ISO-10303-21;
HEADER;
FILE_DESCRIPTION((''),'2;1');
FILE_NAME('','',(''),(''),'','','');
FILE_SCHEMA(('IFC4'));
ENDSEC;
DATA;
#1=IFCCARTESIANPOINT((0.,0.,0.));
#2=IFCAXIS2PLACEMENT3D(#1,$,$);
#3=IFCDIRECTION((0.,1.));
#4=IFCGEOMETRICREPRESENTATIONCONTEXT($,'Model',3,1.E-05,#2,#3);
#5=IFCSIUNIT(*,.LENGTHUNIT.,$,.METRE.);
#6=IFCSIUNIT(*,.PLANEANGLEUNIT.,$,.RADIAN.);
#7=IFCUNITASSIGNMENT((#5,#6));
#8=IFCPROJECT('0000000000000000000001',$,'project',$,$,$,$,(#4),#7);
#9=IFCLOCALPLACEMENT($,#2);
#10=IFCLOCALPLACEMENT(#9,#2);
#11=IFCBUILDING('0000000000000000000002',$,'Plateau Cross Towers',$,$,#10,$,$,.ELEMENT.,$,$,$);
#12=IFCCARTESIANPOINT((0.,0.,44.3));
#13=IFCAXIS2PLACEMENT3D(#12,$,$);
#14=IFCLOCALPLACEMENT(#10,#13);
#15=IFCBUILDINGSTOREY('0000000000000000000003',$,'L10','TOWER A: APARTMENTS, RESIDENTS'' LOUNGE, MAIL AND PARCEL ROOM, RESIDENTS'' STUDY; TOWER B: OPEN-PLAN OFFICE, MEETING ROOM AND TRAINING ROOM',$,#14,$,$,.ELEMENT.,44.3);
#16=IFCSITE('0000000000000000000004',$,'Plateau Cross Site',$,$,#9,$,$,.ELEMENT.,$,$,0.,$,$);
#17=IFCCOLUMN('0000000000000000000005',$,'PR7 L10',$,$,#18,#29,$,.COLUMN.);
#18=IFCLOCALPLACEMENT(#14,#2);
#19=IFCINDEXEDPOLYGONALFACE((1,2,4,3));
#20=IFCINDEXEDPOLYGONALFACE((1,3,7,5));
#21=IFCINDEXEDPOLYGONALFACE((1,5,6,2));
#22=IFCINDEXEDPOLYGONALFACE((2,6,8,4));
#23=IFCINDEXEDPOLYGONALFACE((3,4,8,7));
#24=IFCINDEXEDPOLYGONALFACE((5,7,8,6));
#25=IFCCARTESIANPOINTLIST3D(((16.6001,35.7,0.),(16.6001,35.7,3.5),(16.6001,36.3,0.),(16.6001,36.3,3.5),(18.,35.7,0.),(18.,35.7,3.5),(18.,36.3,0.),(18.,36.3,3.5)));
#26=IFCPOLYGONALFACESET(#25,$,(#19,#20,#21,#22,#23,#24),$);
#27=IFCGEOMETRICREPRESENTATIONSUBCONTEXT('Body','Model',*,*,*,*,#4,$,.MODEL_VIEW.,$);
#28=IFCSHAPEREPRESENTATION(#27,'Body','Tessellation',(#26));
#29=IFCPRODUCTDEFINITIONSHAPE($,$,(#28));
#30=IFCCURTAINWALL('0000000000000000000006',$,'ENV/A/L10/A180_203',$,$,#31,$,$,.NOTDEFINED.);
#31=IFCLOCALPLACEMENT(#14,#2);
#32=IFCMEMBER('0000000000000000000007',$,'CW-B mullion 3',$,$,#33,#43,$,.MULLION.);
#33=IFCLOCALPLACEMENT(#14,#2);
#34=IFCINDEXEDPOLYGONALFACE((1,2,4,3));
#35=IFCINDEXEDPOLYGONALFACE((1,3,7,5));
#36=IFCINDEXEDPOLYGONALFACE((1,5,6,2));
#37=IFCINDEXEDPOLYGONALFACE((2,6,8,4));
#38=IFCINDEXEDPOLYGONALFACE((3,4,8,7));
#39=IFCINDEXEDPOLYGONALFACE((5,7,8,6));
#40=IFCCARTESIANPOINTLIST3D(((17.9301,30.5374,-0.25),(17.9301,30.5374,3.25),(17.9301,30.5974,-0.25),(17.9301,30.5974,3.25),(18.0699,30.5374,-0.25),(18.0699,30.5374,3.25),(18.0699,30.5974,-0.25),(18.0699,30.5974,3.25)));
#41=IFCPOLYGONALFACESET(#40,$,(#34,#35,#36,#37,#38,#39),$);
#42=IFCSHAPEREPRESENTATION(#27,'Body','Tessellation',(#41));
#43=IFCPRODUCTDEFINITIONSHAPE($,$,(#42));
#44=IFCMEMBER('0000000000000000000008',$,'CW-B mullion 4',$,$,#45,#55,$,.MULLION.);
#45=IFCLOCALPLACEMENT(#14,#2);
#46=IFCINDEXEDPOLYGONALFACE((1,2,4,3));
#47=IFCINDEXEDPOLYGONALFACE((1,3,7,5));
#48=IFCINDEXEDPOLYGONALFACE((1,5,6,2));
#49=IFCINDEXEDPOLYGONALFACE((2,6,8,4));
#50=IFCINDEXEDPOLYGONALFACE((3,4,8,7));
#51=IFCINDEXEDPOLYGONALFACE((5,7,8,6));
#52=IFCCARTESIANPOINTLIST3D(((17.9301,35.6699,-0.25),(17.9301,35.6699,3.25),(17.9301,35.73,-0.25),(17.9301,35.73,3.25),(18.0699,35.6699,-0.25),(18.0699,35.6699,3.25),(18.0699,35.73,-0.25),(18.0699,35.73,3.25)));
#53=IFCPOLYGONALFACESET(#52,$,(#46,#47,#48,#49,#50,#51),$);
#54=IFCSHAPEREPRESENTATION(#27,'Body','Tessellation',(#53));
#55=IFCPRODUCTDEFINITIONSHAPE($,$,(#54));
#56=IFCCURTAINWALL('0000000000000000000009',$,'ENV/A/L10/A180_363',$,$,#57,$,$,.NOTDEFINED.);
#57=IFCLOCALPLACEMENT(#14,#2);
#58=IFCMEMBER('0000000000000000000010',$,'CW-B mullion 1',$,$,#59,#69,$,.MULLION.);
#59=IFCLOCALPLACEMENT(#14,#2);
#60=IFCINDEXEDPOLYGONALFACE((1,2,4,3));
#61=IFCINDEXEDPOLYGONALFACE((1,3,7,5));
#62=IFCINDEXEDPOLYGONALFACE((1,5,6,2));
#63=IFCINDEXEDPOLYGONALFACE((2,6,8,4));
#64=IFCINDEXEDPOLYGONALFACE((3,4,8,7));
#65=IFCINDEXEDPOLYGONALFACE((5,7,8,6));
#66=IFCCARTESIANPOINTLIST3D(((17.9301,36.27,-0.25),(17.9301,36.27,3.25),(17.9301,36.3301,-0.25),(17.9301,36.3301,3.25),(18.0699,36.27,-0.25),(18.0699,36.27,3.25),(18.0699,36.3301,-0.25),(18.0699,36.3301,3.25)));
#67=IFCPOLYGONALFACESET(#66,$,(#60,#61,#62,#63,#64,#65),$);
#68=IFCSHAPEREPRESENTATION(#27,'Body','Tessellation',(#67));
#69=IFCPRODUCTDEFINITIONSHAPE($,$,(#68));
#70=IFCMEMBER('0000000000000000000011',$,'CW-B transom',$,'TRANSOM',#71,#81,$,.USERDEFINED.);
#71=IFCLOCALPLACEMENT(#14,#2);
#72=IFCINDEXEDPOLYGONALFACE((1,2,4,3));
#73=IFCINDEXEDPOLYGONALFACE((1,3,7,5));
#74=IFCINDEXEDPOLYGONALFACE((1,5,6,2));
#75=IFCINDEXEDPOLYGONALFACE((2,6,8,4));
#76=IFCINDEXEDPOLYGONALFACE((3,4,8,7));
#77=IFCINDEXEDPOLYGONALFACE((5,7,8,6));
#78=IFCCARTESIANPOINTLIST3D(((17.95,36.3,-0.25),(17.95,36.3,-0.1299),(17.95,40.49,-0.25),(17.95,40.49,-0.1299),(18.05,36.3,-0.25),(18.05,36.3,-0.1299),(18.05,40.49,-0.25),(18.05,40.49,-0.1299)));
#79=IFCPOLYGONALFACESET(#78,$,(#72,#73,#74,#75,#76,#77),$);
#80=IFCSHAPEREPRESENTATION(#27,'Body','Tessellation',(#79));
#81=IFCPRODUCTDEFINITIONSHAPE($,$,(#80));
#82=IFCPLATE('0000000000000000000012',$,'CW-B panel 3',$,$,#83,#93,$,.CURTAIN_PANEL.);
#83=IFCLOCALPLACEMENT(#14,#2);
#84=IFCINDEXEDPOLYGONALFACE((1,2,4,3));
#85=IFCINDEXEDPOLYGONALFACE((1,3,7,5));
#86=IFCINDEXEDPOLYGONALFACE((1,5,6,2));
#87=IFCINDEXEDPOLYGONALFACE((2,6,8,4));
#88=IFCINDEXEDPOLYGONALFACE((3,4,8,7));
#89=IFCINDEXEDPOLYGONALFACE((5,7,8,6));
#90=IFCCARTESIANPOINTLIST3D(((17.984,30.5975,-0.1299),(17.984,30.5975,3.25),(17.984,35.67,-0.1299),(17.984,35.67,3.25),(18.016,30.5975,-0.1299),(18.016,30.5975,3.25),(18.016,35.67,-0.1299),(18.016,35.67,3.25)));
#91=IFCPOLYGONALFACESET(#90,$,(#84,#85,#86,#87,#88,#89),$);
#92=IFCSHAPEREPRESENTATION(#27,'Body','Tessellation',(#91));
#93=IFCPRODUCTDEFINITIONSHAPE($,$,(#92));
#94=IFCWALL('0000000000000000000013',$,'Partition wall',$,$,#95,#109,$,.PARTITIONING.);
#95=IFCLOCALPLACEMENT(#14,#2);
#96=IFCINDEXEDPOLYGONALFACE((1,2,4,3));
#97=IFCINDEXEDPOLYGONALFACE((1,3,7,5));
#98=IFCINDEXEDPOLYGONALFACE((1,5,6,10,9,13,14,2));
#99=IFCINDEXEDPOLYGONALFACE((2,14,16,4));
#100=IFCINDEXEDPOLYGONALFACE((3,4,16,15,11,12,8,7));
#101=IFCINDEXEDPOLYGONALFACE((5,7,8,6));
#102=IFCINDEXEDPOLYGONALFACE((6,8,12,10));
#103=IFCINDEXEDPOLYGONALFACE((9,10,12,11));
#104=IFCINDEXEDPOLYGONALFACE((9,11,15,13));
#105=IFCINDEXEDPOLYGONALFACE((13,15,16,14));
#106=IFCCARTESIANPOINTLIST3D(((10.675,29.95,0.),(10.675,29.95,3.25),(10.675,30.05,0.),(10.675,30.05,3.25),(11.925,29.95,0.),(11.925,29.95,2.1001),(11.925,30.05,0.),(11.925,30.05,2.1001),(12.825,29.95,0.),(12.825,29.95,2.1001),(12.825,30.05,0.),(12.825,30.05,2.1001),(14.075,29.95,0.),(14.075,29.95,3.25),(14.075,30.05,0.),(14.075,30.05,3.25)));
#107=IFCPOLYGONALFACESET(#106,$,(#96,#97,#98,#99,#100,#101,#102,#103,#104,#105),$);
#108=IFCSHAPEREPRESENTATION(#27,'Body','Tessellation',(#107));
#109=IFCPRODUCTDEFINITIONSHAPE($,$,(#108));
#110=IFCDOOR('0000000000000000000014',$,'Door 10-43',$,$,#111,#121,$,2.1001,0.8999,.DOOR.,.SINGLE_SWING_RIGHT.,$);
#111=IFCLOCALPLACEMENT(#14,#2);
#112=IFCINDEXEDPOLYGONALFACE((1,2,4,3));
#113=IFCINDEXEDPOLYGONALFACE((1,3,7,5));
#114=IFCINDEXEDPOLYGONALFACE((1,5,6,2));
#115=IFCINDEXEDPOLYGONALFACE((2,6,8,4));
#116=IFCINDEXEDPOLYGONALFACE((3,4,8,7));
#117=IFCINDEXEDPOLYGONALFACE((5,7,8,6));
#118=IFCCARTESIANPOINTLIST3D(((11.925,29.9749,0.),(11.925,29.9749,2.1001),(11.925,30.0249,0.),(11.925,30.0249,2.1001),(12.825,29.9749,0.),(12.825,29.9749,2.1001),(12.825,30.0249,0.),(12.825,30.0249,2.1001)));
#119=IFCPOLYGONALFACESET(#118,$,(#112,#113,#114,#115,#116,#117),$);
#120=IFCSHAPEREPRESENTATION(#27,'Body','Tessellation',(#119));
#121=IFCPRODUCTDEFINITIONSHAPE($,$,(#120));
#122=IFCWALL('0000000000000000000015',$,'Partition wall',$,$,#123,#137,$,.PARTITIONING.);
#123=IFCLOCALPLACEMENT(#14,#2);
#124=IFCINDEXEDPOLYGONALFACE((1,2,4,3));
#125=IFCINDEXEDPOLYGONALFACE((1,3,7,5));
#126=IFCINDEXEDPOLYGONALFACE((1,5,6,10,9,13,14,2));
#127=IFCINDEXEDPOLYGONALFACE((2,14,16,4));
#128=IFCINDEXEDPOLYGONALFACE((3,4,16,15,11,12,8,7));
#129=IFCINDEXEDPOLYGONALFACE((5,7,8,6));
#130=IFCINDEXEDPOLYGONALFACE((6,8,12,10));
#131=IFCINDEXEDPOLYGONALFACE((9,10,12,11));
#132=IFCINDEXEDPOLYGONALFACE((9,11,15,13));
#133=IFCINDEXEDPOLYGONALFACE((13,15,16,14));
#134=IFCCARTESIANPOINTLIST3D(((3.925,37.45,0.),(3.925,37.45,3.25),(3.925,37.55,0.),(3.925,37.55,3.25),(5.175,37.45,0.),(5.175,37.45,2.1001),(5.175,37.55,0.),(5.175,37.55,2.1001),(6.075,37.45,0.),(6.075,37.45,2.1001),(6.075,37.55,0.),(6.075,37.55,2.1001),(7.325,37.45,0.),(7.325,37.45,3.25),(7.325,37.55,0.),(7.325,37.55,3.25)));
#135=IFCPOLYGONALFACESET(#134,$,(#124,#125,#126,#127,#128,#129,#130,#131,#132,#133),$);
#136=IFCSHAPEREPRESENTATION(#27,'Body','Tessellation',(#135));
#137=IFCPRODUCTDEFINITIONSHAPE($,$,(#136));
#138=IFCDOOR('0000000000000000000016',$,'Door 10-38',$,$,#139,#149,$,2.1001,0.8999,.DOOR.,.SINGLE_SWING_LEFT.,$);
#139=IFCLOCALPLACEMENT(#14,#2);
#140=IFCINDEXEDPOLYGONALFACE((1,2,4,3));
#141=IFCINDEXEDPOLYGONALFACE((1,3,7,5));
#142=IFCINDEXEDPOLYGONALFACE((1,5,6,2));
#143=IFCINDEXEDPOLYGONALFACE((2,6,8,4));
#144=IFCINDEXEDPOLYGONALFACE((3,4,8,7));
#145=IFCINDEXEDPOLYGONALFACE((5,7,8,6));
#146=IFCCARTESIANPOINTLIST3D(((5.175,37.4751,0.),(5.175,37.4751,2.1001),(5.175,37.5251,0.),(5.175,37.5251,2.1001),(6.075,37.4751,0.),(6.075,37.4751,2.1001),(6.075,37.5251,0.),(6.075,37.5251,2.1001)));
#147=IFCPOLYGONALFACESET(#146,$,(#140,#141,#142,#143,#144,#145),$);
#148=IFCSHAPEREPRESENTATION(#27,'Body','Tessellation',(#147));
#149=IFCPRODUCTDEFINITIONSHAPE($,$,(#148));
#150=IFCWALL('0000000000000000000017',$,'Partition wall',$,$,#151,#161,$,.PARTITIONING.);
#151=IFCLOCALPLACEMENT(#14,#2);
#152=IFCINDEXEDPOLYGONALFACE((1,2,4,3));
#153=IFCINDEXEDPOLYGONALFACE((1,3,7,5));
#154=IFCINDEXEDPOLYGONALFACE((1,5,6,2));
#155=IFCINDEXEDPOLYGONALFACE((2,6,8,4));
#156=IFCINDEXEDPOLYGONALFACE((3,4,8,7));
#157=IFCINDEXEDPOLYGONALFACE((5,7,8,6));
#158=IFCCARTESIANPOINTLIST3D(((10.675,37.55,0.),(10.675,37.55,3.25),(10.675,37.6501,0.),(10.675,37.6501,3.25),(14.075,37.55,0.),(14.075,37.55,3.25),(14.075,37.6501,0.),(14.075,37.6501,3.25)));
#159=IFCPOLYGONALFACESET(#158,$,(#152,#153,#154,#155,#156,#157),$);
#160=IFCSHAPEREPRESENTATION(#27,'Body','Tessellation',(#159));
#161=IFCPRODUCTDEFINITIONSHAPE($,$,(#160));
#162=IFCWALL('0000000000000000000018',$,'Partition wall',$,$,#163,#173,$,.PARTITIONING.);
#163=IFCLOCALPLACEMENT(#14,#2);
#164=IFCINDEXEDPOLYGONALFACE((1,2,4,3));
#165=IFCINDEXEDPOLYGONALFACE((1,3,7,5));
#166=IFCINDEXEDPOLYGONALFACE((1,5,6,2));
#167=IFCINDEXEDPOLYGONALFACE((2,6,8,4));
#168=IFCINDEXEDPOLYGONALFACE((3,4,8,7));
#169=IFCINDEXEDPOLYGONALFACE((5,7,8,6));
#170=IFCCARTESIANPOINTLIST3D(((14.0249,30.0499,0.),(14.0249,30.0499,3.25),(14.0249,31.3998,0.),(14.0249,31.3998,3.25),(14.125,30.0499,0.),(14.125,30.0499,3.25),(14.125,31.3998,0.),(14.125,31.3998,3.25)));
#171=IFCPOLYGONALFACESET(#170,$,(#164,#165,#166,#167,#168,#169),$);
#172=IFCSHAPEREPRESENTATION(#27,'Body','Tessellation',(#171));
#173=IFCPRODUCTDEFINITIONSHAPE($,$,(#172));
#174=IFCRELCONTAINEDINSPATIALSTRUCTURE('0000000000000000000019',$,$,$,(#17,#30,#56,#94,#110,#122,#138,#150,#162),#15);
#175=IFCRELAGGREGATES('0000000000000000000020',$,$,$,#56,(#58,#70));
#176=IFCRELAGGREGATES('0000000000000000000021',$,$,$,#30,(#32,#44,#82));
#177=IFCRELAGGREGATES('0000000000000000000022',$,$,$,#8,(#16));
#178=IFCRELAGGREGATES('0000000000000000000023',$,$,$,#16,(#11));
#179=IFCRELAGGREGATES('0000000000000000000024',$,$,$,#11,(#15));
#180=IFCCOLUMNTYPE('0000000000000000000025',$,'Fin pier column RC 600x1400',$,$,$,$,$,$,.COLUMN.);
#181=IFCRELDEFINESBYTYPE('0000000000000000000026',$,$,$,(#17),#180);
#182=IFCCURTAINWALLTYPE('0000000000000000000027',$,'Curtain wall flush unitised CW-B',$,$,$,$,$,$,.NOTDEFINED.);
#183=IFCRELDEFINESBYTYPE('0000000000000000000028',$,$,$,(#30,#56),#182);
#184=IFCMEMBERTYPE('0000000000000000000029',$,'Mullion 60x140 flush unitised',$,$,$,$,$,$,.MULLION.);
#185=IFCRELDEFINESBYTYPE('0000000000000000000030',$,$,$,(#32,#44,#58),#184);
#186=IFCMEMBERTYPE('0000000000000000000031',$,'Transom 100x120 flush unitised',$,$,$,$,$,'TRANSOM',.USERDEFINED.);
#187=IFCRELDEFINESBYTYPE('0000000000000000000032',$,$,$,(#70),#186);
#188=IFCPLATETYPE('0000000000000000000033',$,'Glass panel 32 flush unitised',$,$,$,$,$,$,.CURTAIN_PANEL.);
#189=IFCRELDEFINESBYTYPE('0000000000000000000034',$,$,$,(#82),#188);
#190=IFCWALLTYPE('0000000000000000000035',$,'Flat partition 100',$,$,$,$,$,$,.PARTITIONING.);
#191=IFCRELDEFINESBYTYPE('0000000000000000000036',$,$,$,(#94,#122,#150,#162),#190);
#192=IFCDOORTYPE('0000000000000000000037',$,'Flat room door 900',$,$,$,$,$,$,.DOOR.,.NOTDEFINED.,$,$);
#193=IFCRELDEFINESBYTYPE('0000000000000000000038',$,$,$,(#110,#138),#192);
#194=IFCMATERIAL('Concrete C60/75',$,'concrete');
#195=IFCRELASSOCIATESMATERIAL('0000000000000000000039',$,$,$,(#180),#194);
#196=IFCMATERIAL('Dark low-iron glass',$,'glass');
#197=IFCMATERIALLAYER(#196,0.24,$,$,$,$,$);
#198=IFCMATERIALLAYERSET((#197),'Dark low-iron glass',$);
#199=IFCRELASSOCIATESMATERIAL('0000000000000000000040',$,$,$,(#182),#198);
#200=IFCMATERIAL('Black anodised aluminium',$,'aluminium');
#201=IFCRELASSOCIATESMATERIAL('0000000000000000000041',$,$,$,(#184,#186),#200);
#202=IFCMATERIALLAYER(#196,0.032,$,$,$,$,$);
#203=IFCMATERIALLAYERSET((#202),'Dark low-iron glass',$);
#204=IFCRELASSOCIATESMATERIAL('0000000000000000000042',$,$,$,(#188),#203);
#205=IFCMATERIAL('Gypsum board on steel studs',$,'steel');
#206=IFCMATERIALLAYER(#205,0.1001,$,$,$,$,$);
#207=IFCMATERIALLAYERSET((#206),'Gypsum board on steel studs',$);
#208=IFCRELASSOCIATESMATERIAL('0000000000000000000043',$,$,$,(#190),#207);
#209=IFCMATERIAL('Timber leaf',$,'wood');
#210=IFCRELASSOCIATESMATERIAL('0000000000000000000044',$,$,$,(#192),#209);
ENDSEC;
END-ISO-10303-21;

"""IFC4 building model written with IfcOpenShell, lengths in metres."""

from ifc_helpers import new_model, si_unit, direction, frame, frame_2d, origin, origin_2d, place, context, subcontext, project, spatial, rectangle, extrude, material, layer, layer_set, material_profile, profile_set, type_object, element, fill, aggregate, save


model = new_model("IFC4")

# Units and contexts
model_context = context("Model", 3, precision=1e-05, world=origin(), true_north=direction((0.0, 1.0)))
body_context = subcontext(model_context, "Body", "Model", "MODEL_VIEW")
ifc_project = project(units=[si_unit("LENGTHUNIT", "METRE"), si_unit("PLANEANGLEUNIT", "RADIAN")], contexts=[model_context])

# Site, building, storey
site_placement = place(None, origin())
site = spatial("IfcSite", under=ifc_project, at=site_placement, Name="Plateau Cross Site", CompositionType="ELEMENT", RefElevation=0.0)
building_placement = place(site_placement, origin())
building = spatial("IfcBuilding", under=site, at=building_placement, Name="Plateau Cross Towers", CompositionType="ELEMENT")
storey_placement = place(building_placement, frame((0.0, 0.0, 44.3)))
storey = spatial("IfcBuildingStorey", under=building, at=storey_placement, Name="L10", Description="TOWER A: APARTMENTS, RESIDENTS' LOUNGE, MAIL AND PARCEL ROOM, RESIDENTS' STUDY; TOWER B: OPEN-PLAN OFFICE, MEETING ROOM AND TRAINING ROOM", CompositionType="ELEMENT", Elevation=44.3)

# Column
ifc_material_1 = material(Name="Concrete C60/75", Category="concrete")
ifc_material_profile_1 = material_profile(ifc_material_1, rectangle(XDim=0.6001, YDim=1.3999, at=origin_2d()), Name="RC 600x1400")
ifc_profile_set_1 = profile_set([ifc_material_profile_1], Name="Concrete C60/75")
column_type = type_object("IfcColumnType", Name="Fin pier column RC 600x1400", PredefinedType="COLUMN", material=ifc_profile_set_1)
column_placement = place(storey_placement, frame((17.3, 36.0, 0.0), z_axis=(0.0, 0.0, 1.0), x_axis=(0.0, 1.0, 0.0)))
element("IfcColumn", 1, at=column_placement, inside=storey, type_object=column_type, Name="PR7 L10", PredefinedType="COLUMN", context=body_context, shape_type="SweptSolid", body=[
    extrude(rectangle(XDim=0.6001, YDim=1.3999, at=origin_2d()), origin(), (0.0, 0.0, 1.0), 3.5),
])

# Curtain walls, members
ifc_material_2 = material(Name="Dark low-iron glass", Category="glass")
ifc_layer_1 = layer(ifc_material_2, 0.24)
ifc_layer_set_1 = layer_set([ifc_layer_1], Name="Dark low-iron glass")
curtain_wall_type = type_object("IfcCurtainWallType", Name="Curtain wall flush unitised CW-B", PredefinedType="NOTDEFINED", material=ifc_layer_set_1)
curtain_wall_1_placement = place(storey_placement, origin())
curtain_wall_1 = element("IfcCurtainWall", 2, at=curtain_wall_1_placement, inside=storey, type_object=curtain_wall_type, Name="ENV/A/L10/A180_203", PredefinedType="NOTDEFINED")
ifc_material_3 = material(Name="Black anodised aluminium", Category="aluminium")
ifc_material_profile_2 = material_profile(ifc_material_3, rectangle(XDim=0.0601, YDim=0.1399, at=origin_2d()), Name="MULLION 60x140")
ifc_profile_set_2 = profile_set([ifc_material_profile_2], Name="Black anodised aluminium")
member_type_1 = type_object("IfcMemberType", Name="Mullion 60x140 flush unitised", PredefinedType="MULLION", material=ifc_profile_set_2)
member_1_placement = place(storey_placement, frame((18.0, 30.5674, -0.25), z_axis=(0.0, 0.0, 1.0), x_axis=(0.0, 1.0, 0.0)))
member_1 = element("IfcMember", 3, at=member_1_placement, type_object=member_type_1, Name="CW-B mullion 3", PredefinedType="MULLION", context=body_context, shape_type="SweptSolid", body=[
    extrude(rectangle(XDim=0.0601, YDim=0.1399, at=origin_2d()), origin(), (0.0, 0.0, 1.0), 3.5),
])
member_2_placement = place(storey_placement, frame((18.0, 35.7, -0.25), z_axis=(0.0, 0.0, 1.0), x_axis=(0.0, 1.0, 0.0)))
member_2 = element("IfcMember", 4, at=member_2_placement, type_object=member_type_1, Name="CW-B mullion 4", PredefinedType="MULLION", context=body_context, shape_type="SweptSolid", body=[
    extrude(rectangle(XDim=0.0601, YDim=0.1399, at=origin_2d()), origin(), (0.0, 0.0, 1.0), 3.5),
])
curtain_wall_2_placement = place(storey_placement, origin())
curtain_wall_2 = element("IfcCurtainWall", 5, at=curtain_wall_2_placement, inside=storey, type_object=curtain_wall_type, Name="ENV/A/L10/A180_363", PredefinedType="NOTDEFINED")
member_3_placement = place(storey_placement, frame((18.0, 36.3, -0.25), z_axis=(0.0, 0.0, 1.0), x_axis=(0.0, 1.0, 0.0)))
member_3 = element("IfcMember", 6, at=member_3_placement, type_object=member_type_1, Name="CW-B mullion 1", PredefinedType="MULLION", context=body_context, shape_type="SweptSolid", body=[
    extrude(rectangle(XDim=0.0601, YDim=0.1399, at=origin_2d()), origin(), (0.0, 0.0, 1.0), 3.5),
])
ifc_material_profile_3 = material_profile(ifc_material_3, rectangle(XDim=0.1001, YDim=0.1201, at=origin_2d()), Name="TRANSOM 100x120")
ifc_profile_set_3 = profile_set([ifc_material_profile_3], Name="Black anodised aluminium")
member_type_2 = type_object("IfcMemberType", Name="Transom 100x120 flush unitised", ElementType="TRANSOM", PredefinedType="USERDEFINED", material=ifc_profile_set_3)
member_4_placement = place(storey_placement, frame((18.0, 36.3, -0.1899), z_axis=(0.0, 1.0, 0.0), x_axis=(-1.0, 0.0, 0.0)))
member_4 = element("IfcMember", 7, at=member_4_placement, type_object=member_type_2, Name="CW-B transom", ObjectType="TRANSOM", PredefinedType="USERDEFINED", context=body_context, shape_type="SweptSolid", body=[
    extrude(rectangle(XDim=0.1001, YDim=0.1201, at=origin_2d()), origin(), (0.0, 0.0, 1.0), 4.1899),
])
aggregate(curtain_wall_2, [member_3, member_4])

# Plate
ifc_layer_2 = layer(ifc_material_2, 0.032)
ifc_layer_set_2 = layer_set([ifc_layer_2], Name="Dark low-iron glass")
plate_type = type_object("IfcPlateType", Name="Glass panel 32 flush unitised", PredefinedType="CURTAIN_PANEL", material=ifc_layer_set_2)
plate_placement = place(storey_placement, frame((18.0, 33.1338, -0.1299), z_axis=(0.0, 0.0, 1.0), x_axis=(0.0, 1.0, 0.0)))
plate = element("IfcPlate", 8, at=plate_placement, type_object=plate_type, Name="CW-B panel 3", PredefinedType="CURTAIN_PANEL", context=body_context, shape_type="SweptSolid", body=[
    extrude(rectangle(XDim=5.0725, YDim=0.032, at=origin_2d()), origin(), (0.0, 0.0, 1.0), 3.3799),
])
aggregate(curtain_wall_1, [member_1, member_2, plate])

# Walls, openings, doors
ifc_material_4 = material(Name="Gypsum board on steel studs", Category="steel")
ifc_layer_3 = layer(ifc_material_4, 0.1001)
ifc_layer_set_3 = layer_set([ifc_layer_3], Name="Gypsum board on steel studs")
wall_type_1 = type_object("IfcWallType", Name="Flat partition 100", PredefinedType="PARTITIONING", material=ifc_layer_set_3)
wall_1_placement = place(storey_placement, frame((10.675, 30.0, 0.0), z_axis=(0.0, 0.0, 1.0), x_axis=(1.0, 0.0, 0.0)))
wall_1 = element("IfcWall", 9, at=wall_1_placement, inside=storey, type_object=wall_type_1, Name="Partition wall", PredefinedType="PARTITIONING", context=body_context, shape_type="SweptSolid", body=[
    extrude(rectangle(XDim=3.3999, YDim=0.1001, at=frame_2d((1.7, 0.0))), origin(), (0.0, 0.0, 1.0), 3.25),
])
opening_1_placement = place(wall_1_placement, frame((1.25, 0.0, 0.0)))
opening_1 = element("IfcOpeningElement", 10, at=opening_1_placement, cuts=wall_1, PredefinedType="OPENING", context=body_context, shape_type="SweptSolid", body=[
    extrude(rectangle(XDim=0.8999, YDim=2.1001, at=frame_2d((0.45, 1.05))), frame((0.0, 0.0601, 0.0), z_axis=(0.0, -1.0, 0.0), x_axis=(1.0, 0.0, 0.0)), (0.0, 0.0, 1.0), 0.1201),
])
ifc_material_5 = material(Name="Timber leaf", Category="wood")
door_type = type_object("IfcDoorType", Name="Flat room door 900", OperationType="NOTDEFINED", PredefinedType="DOOR", material=ifc_material_5)
door_1_placement = place(opening_1_placement, origin())
door_1 = element("IfcDoor", 11, at=door_1_placement, inside=storey, type_object=door_type, Name="Door 10-43", OperationType="SINGLE_SWING_RIGHT", OverallHeight=2.1001, OverallWidth=0.8999, PredefinedType="DOOR", context=body_context, shape_type="SweptSolid", body=[
    extrude(rectangle(XDim=0.8999, YDim=2.1001, at=frame_2d((0.45, 1.05))), frame((0.0, 0.0249, 0.0), z_axis=(0.0, -1.0, 0.0), x_axis=(1.0, 0.0, 0.0)), (0.0, 0.0, 1.0), 0.05),
])
fill(opening_1, door_1)
wall_2_placement = place(storey_placement, frame((7.325, 37.5, 0.0), z_axis=(0.0, 0.0, 1.0), x_axis=(-1.0, 0.0, 0.0)))
wall_2 = element("IfcWall", 12, at=wall_2_placement, inside=storey, type_object=wall_type_1, Name="Partition wall", PredefinedType="PARTITIONING", context=body_context, shape_type="SweptSolid", body=[
    extrude(rectangle(XDim=3.3999, YDim=0.1001, at=frame_2d((1.7, 0.0))), origin(), (0.0, 0.0, 1.0), 3.25),
])
opening_2_placement = place(wall_2_placement, frame((1.25, 0.0, 0.0)))
opening_2 = element("IfcOpeningElement", 13, at=opening_2_placement, cuts=wall_2, PredefinedType="OPENING", context=body_context, shape_type="SweptSolid", body=[
    extrude(rectangle(XDim=0.8999, YDim=2.1001, at=frame_2d((0.45, 1.05))), frame((0.0, 0.0601, 0.0), z_axis=(0.0, -1.0, 0.0), x_axis=(1.0, 0.0, 0.0)), (0.0, 0.0, 1.0), 0.1201),
])
door_2_placement = place(opening_2_placement, origin())
door_2 = element("IfcDoor", 14, at=door_2_placement, inside=storey, type_object=door_type, Name="Door 10-38", OperationType="SINGLE_SWING_LEFT", OverallHeight=2.1001, OverallWidth=0.8999, PredefinedType="DOOR", context=body_context, shape_type="SweptSolid", body=[
    extrude(rectangle(XDim=0.8999, YDim=2.1001, at=frame_2d((0.45, 1.05))), frame((0.0, 0.0249, 0.0), z_axis=(0.0, -1.0, 0.0), x_axis=(1.0, 0.0, 0.0)), (0.0, 0.0, 1.0), 0.05),
])
fill(opening_2, door_2)

# Walls
wall_3_placement = place(storey_placement, frame((14.075, 37.6001, 0.0), z_axis=(0.0, 0.0, 1.0), x_axis=(-1.0, 0.0, 0.0)))
element("IfcWall", 15, at=wall_3_placement, inside=storey, type_object=wall_type_1, Name="Partition wall", PredefinedType="PARTITIONING", context=body_context, shape_type="SweptSolid", body=[
    extrude(rectangle(XDim=3.3999, YDim=0.1001, at=frame_2d((1.7, 0.0))), origin(), (0.0, 0.0, 1.0), 3.25),
])
wall_4_placement = place(storey_placement, frame((14.075, 30.05, 0.0), z_axis=(0.0, 0.0, 1.0), x_axis=(0.0, 1.0, 0.0)))
element("IfcWall", 16, at=wall_4_placement, inside=storey, type_object=wall_type_1, Name="Partition wall", PredefinedType="PARTITIONING", context=body_context, shape_type="SweptSolid", body=[
    extrude(rectangle(XDim=1.3499, YDim=0.1001, at=frame_2d((0.6748, 0.0))), origin(), (0.0, 0.0, 1.0), 3.25),
])

save(model, "model.ifc")
